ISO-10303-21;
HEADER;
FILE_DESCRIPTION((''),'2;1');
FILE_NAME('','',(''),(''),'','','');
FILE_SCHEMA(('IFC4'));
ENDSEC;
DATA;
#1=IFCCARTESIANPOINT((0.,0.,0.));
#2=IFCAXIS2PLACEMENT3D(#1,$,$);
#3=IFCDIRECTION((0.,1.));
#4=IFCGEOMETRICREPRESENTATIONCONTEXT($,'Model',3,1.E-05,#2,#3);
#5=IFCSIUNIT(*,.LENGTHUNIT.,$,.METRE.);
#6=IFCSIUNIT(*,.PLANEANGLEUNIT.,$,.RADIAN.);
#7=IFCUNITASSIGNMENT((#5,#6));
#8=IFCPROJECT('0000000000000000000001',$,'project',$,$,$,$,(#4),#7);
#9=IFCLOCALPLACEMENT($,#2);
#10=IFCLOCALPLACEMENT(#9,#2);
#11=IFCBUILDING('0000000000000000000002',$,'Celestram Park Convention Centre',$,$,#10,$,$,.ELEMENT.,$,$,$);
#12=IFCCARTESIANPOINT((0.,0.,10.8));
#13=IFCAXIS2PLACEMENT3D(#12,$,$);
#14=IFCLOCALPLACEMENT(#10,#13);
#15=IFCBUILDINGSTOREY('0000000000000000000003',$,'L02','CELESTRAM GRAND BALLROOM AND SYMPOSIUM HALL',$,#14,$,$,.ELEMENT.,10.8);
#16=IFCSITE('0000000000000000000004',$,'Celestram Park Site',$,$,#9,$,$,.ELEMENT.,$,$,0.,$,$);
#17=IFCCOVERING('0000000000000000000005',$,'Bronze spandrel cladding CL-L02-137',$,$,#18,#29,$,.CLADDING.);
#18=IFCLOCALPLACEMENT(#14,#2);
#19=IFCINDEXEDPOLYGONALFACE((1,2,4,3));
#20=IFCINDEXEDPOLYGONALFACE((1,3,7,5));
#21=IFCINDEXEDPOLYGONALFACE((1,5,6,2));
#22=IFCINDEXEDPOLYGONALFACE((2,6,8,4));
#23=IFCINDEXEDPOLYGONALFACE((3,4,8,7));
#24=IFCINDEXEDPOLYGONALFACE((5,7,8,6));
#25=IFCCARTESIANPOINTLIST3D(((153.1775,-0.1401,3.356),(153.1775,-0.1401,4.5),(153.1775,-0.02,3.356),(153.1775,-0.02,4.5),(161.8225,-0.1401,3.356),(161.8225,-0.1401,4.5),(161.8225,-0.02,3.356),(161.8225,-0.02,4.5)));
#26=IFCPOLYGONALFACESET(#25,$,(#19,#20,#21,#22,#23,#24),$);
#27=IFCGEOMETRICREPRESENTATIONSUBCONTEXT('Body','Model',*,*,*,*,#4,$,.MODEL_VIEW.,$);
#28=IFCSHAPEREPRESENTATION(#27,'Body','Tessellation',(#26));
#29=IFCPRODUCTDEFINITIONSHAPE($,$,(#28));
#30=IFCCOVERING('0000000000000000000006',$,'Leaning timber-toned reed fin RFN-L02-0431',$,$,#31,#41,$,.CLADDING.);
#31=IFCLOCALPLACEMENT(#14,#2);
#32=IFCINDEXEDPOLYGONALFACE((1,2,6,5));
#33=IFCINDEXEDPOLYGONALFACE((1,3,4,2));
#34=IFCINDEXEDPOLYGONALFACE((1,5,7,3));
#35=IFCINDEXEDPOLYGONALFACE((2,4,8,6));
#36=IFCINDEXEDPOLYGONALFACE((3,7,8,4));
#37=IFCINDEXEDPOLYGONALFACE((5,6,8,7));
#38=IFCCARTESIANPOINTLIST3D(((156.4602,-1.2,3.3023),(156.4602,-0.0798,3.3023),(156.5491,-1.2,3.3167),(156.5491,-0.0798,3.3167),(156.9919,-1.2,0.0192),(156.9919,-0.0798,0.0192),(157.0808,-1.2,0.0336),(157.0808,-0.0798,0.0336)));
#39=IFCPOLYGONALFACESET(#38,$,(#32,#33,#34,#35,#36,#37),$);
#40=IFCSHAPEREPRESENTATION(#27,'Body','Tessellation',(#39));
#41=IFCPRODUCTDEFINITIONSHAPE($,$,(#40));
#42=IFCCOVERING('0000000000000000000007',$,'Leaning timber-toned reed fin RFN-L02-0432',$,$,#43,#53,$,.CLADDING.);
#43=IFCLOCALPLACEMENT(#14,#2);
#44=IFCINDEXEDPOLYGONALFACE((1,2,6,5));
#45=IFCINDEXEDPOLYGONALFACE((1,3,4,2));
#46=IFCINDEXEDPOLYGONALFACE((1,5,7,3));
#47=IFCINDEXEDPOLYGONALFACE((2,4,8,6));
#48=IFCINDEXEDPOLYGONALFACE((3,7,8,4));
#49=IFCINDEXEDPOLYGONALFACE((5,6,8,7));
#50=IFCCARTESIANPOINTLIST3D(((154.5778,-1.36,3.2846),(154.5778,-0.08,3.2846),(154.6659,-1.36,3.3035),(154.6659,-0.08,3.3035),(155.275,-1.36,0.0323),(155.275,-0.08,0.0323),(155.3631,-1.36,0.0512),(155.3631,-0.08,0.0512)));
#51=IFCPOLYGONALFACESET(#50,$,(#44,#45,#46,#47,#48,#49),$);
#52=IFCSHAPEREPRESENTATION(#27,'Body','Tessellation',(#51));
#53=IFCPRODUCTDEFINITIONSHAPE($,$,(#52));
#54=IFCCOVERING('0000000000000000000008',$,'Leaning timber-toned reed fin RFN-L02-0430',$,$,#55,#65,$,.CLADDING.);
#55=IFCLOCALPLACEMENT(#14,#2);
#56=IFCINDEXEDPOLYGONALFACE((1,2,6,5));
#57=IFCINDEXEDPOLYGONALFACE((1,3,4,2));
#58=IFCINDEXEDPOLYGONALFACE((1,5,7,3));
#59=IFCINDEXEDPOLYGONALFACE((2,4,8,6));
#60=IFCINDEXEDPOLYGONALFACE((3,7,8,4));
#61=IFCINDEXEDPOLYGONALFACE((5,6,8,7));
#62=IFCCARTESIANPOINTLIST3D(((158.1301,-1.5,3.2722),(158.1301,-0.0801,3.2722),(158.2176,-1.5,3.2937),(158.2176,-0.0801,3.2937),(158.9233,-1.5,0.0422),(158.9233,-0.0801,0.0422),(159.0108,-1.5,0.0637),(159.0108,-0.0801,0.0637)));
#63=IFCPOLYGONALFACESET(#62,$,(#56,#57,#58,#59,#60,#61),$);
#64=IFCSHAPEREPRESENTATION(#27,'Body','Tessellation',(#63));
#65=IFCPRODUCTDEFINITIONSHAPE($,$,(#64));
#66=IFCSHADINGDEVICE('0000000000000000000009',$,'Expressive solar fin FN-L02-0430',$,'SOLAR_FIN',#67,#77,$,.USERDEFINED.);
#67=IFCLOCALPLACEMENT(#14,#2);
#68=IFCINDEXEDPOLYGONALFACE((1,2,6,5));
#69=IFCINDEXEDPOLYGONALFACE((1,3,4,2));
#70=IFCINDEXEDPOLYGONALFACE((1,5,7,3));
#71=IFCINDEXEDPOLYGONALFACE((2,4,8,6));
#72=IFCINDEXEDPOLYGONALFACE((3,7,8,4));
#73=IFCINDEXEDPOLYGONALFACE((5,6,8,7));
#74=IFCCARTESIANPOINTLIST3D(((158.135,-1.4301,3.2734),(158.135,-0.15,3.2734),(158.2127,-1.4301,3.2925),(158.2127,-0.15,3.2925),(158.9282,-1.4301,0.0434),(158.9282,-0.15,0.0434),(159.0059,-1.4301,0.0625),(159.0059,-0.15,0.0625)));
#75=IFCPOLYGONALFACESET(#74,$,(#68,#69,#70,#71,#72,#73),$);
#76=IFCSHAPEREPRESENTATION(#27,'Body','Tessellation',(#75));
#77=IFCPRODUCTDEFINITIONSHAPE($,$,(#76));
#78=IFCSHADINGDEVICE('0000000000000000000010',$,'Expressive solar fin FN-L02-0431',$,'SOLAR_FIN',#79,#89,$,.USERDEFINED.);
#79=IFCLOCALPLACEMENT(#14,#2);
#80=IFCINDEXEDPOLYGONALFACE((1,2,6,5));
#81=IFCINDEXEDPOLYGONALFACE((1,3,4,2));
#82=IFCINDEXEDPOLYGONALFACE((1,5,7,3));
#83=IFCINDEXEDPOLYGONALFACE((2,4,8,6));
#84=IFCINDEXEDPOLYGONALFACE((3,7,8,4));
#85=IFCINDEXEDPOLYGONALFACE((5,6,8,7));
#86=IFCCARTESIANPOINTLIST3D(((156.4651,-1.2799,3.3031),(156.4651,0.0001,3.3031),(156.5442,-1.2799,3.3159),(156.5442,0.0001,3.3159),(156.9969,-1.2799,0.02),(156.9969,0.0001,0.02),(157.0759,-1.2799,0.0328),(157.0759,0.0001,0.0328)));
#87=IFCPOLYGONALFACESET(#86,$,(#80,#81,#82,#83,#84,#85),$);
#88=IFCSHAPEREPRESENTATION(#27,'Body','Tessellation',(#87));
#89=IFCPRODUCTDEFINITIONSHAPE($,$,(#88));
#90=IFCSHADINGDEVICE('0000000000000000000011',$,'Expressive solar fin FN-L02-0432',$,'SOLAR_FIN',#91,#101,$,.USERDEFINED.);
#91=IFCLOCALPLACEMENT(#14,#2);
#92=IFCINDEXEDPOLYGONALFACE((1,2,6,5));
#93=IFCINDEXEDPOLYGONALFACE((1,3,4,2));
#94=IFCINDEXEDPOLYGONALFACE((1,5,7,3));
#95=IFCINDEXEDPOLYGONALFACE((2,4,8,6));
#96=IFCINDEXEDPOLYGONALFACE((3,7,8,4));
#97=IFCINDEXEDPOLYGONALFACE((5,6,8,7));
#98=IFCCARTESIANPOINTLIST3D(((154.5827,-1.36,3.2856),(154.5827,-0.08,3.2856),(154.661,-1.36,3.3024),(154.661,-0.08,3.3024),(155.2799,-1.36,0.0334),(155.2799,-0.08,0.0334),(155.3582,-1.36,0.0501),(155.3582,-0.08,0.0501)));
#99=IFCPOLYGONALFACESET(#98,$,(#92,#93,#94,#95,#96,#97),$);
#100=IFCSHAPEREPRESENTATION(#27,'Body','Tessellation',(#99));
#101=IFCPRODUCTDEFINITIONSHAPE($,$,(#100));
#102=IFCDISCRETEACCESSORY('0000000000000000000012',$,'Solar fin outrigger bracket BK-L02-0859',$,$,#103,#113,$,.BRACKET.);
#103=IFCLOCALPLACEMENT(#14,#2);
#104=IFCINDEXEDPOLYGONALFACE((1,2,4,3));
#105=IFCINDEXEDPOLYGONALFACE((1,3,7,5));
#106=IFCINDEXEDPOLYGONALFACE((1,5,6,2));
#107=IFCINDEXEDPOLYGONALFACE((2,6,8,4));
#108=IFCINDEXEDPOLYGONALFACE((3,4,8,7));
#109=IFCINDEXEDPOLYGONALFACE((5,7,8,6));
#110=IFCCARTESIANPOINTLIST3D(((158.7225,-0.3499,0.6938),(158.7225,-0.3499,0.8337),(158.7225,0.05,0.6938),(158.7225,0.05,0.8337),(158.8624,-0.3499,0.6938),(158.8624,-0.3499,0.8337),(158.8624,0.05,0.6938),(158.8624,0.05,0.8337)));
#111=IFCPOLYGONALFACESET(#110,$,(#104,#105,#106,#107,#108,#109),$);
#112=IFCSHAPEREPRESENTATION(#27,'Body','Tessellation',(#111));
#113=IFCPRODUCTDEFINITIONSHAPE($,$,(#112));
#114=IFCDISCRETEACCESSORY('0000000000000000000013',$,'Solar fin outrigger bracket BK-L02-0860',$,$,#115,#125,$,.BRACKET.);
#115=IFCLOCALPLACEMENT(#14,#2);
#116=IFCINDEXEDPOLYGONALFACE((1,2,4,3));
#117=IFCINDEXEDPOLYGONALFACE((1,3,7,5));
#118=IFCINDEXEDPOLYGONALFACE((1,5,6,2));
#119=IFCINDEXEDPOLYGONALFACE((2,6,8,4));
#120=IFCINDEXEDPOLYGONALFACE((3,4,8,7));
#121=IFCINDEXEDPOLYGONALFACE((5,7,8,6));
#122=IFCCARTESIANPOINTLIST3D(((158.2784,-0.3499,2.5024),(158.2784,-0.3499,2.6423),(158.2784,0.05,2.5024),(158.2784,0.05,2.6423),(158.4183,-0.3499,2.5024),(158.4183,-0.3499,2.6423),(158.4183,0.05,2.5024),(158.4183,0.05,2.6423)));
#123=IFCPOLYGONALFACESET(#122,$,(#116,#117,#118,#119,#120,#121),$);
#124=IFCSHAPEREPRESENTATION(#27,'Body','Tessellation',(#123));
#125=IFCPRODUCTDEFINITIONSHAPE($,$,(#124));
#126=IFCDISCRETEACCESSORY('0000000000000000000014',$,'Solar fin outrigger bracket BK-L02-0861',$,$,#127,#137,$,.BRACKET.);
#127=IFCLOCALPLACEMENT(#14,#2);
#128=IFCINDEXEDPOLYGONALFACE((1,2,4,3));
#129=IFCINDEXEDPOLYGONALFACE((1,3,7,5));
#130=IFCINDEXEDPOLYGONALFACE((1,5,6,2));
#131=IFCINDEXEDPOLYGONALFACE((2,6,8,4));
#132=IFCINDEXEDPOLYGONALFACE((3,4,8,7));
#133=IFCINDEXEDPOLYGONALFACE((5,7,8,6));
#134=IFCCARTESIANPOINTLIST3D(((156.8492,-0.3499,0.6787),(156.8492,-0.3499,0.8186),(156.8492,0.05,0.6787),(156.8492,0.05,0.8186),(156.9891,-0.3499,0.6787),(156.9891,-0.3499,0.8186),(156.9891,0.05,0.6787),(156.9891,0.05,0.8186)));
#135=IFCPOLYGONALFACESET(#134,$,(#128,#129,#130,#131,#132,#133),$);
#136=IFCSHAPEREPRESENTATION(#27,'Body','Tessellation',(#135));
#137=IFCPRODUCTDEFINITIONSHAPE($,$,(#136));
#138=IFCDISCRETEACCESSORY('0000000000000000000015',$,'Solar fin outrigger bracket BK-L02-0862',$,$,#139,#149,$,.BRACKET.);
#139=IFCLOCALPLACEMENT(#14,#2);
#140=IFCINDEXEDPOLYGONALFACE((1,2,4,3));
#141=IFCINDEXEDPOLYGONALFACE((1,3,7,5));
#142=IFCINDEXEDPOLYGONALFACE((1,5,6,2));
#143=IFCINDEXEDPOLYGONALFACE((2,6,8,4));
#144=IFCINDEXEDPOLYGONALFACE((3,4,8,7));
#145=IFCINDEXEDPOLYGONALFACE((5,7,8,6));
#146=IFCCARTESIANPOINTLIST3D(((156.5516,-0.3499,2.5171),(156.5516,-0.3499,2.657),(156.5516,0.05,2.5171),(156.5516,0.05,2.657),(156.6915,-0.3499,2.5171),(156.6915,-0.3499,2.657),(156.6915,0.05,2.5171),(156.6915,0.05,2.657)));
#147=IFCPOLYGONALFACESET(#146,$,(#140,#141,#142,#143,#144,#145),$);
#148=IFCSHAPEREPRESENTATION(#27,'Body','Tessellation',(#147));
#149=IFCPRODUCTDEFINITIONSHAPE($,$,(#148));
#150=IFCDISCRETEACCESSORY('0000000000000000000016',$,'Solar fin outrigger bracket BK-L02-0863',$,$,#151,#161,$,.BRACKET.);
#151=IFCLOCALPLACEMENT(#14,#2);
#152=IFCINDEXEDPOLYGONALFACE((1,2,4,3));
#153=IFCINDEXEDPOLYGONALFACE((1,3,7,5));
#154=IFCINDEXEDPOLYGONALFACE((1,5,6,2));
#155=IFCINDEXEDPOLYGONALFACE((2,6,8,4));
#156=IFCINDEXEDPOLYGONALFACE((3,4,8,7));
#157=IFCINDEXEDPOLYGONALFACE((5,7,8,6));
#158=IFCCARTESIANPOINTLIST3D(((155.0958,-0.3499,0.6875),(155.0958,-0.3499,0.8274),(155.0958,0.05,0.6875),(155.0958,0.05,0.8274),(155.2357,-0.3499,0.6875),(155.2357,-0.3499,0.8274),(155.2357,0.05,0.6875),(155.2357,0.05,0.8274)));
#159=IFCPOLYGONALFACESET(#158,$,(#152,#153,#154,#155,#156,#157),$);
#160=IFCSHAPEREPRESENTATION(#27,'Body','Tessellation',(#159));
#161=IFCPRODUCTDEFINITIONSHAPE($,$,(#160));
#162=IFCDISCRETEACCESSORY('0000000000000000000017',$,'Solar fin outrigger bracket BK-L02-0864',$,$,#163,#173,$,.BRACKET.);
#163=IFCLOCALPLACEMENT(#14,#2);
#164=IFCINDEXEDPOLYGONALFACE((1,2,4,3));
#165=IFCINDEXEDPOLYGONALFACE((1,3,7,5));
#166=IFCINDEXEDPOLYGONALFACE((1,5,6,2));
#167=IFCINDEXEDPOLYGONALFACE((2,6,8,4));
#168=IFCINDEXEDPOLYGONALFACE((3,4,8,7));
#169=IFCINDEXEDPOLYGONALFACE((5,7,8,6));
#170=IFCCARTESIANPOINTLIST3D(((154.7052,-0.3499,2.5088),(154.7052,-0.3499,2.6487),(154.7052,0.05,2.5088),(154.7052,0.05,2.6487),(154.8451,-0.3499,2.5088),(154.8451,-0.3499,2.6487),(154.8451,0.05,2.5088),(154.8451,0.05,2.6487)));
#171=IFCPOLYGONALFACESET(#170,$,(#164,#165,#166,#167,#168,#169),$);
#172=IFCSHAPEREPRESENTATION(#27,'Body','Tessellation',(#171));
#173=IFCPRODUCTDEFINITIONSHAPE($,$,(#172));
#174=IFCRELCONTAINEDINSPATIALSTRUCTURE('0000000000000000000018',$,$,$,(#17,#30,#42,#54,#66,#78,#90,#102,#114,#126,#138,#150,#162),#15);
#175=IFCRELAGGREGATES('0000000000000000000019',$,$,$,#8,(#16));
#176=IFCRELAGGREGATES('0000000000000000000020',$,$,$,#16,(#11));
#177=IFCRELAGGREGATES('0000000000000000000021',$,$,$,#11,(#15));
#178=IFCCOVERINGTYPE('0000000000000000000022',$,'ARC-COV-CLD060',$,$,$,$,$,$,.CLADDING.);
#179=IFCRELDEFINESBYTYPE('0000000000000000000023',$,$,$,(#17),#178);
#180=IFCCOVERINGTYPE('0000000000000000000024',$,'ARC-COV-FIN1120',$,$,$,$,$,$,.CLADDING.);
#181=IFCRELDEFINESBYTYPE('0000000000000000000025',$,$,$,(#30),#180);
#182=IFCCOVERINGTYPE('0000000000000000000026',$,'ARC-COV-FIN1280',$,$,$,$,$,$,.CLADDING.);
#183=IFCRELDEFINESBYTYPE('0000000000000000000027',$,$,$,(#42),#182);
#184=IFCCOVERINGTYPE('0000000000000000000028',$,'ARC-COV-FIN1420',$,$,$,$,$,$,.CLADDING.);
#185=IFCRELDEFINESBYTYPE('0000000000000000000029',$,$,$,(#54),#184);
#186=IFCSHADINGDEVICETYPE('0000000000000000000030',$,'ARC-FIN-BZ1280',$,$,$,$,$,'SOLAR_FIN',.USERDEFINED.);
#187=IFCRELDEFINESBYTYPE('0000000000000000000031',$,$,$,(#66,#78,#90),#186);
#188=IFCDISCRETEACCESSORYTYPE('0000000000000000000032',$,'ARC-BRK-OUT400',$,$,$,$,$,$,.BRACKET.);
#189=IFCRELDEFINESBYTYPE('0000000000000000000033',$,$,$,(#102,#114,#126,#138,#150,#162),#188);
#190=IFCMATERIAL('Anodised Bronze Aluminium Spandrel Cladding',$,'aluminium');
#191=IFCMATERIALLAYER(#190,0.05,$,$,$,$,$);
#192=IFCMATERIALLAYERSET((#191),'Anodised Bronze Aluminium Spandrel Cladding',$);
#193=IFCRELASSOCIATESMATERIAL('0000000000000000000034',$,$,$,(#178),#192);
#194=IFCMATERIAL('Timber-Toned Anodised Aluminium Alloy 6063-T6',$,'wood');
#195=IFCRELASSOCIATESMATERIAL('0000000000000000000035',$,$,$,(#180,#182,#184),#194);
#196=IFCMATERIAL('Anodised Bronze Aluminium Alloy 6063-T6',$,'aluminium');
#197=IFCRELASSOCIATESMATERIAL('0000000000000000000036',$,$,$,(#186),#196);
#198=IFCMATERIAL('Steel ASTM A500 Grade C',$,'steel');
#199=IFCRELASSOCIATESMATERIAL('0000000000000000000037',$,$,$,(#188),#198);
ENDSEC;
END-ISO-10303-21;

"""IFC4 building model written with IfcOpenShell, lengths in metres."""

from ifc_helpers import new_model, si_unit, direction, frame, origin, origin_2d, place, context, subcontext, project, spatial, rectangle, extrude, material, layer, layer_set, material_profile, profile_set, type_object, element, save


model = new_model("IFC4")

# Units and contexts
model_context = context("Model", 3, precision=1e-05, world=origin(), true_north=direction((0.0, 1.0)))
body_context = subcontext(model_context, "Body", "Model", "MODEL_VIEW")
ifc_project = project(units=[si_unit("LENGTHUNIT", "METRE"), si_unit("PLANEANGLEUNIT", "RADIAN")], contexts=[model_context])

# Site, building, storey
site_placement = place(None, origin())
site = spatial("IfcSite", under=ifc_project, at=site_placement, Name="Celestram Park Site", CompositionType="ELEMENT", RefElevation=0.0)
building_placement = place(site_placement, origin())
building = spatial("IfcBuilding", under=site, at=building_placement, Name="Celestram Park Convention Centre", CompositionType="ELEMENT")
storey_placement = place(building_placement, frame((0.0, 0.0, 10.8)))
storey = spatial("IfcBuildingStorey", under=building, at=storey_placement, Name="L02", Description="CELESTRAM GRAND BALLROOM AND SYMPOSIUM HALL", CompositionType="ELEMENT", Elevation=10.8)

# Coverings
ifc_material_1 = material(Name="Anodised Bronze Aluminium Spandrel Cladding", Category="aluminium")
ifc_layer_1 = layer(ifc_material_1, 0.05)
ifc_layer_set_1 = layer_set([ifc_layer_1], Name="Anodised Bronze Aluminium Spandrel Cladding")
covering_type_1 = type_object("IfcCoveringType", Name="ARC-COV-CLD060", PredefinedType="CLADDING", material=ifc_layer_set_1)
covering_1_placement = place(storey_placement, frame((157.5, -0.0801, 3.356), z_axis=(0.0, 0.0, 1.0), x_axis=(-1.0, 0.0, 0.0)))
element("IfcCovering", 1, at=covering_1_placement, inside=storey, type_object=covering_type_1, Name="Bronze spandrel cladding CL-L02-137", PredefinedType="CLADDING", context=body_context, shape_type="SweptSolid", body=[
    extrude(rectangle(XDim=8.645, YDim=0.1201, at=origin_2d()), origin(), (0.0, 0.0, 1.0), 1.144),
])
ifc_material_2 = material(Name="Timber-Toned Anodised Aluminium Alloy 6063-T6", Category="wood")
ifc_material_profile_1 = material_profile(ifc_material_2, rectangle(XDim=1.1201, YDim=0.0901, at=origin_2d()), Name="REED1120X90")
ifc_profile_set_1 = profile_set([ifc_material_profile_1], Name="Timber-Toned Anodised Aluminium Alloy 6063-T6")
covering_type_2 = type_object("IfcCoveringType", Name="ARC-COV-FIN1120", PredefinedType="CLADDING", material=ifc_profile_set_1)
covering_2_placement = place(storey_placement, frame((157.0364, -0.6399, 0.0264), z_axis=(-0.159874, 0.0, 0.987137), x_axis=(0.0, -1.0, 0.0)))
element("IfcCovering", 2, at=covering_2_placement, inside=storey, type_object=covering_type_2, Name="Leaning timber-toned reed fin RFN-L02-0431", PredefinedType="CLADDING", context=body_context, shape_type="SweptSolid", body=[
    extrude(rectangle(XDim=1.1201, YDim=0.0901, at=origin_2d()), origin(), (0.0, 0.0, 1.0), 3.3259),
])
ifc_material_profile_2 = material_profile(ifc_material_2, rectangle(XDim=1.28, YDim=0.0901, at=origin_2d()), Name="REED1280X90")
ifc_profile_set_2 = profile_set([ifc_material_profile_2], Name="Timber-Toned Anodised Aluminium Alloy 6063-T6")
covering_type_3 = type_object("IfcCoveringType", Name="ARC-COV-FIN1280", PredefinedType="CLADDING", material=ifc_profile_set_2)
covering_3_placement = place(storey_placement, frame((155.3191, -0.72, 0.0417), z_axis=(-0.209634, 0.0, 0.97778), x_axis=(0.0, -1.0, 0.0)))
element("IfcCovering", 3, at=covering_3_placement, inside=storey, type_object=covering_type_3, Name="Leaning timber-toned reed fin RFN-L02-0432", PredefinedType="CLADDING", context=body_context, shape_type="SweptSolid", body=[
    extrude(rectangle(XDim=1.28, YDim=0.0901, at=origin_2d()), origin(), (0.0, 0.0, 1.0), 3.3262),
])
ifc_material_profile_3 = material_profile(ifc_material_2, rectangle(XDim=1.4199, YDim=0.0901, at=origin_2d()), Name="REED1420X90")
ifc_profile_set_3 = profile_set([ifc_material_profile_3], Name="Timber-Toned Anodised Aluminium Alloy 6063-T6")
covering_type_4 = type_object("IfcCoveringType", Name="ARC-COV-FIN1420", PredefinedType="CLADDING", material=ifc_profile_set_3)
covering_4_placement = place(storey_placement, frame((158.967, -0.79, 0.053), z_axis=(-0.238492, 0.0, 0.971144), x_axis=(0.0, -1.0, 0.0)))
element("IfcCovering", 4, at=covering_4_placement, inside=storey, type_object=covering_type_4, Name="Leaning timber-toned reed fin RFN-L02-0430", PredefinedType="CLADDING", context=body_context, shape_type="SweptSolid", body=[
    extrude(rectangle(XDim=1.4199, YDim=0.0901, at=origin_2d()), origin(), (0.0, 0.0, 1.0), 3.3259),
])

# Shading devices
ifc_material_3 = material(Name="Anodised Bronze Aluminium Alloy 6063-T6", Category="aluminium")
ifc_material_profile_4 = material_profile(ifc_material_3, rectangle(XDim=1.28, YDim=0.0801, at=origin_2d()), Name="FIN1280X80")
ifc_profile_set_4 = profile_set([ifc_material_profile_4], Name="Anodised Bronze Aluminium Alloy 6063-T6")
shading_device_type = type_object("IfcShadingDeviceType", Name="ARC-FIN-BZ1280", ElementType="SOLAR_FIN", PredefinedType="USERDEFINED", material=ifc_profile_set_4)
for number, where, z_axis, x_axis, name in (
    (5, (158.967, -0.79, 0.053), (-0.238492, 0.0, 0.971144), (0.0, -1.0, 0.0), "Expressive solar fin FN-L02-0430"),
    (6, (157.0364, -0.6399, 0.0264), (-0.159874, 0.0, 0.987137), (0.0, -1.0, 0.0), "Expressive solar fin FN-L02-0431"),
):
    element("IfcShadingDevice", number, at=place(storey_placement, frame(where, z_axis=z_axis, x_axis=x_axis)), inside=storey, type_object=shading_device_type, Name=name, ObjectType="SOLAR_FIN", PredefinedType="USERDEFINED", context=body_context, shape_type="SweptSolid", body=[
        extrude(rectangle(XDim=1.28, YDim=0.0801, at=origin_2d()), origin(), (0.0, 0.0, 1.0), 3.3259),
    ])
shading_device_placement = place(storey_placement, frame((155.3191, -0.72, 0.0417), z_axis=(-0.209634, 0.0, 0.97778), x_axis=(0.0, -1.0, 0.0)))
element("IfcShadingDevice", 7, at=shading_device_placement, inside=storey, type_object=shading_device_type, Name="Expressive solar fin FN-L02-0432", ObjectType="SOLAR_FIN", PredefinedType="USERDEFINED", context=body_context, shape_type="SweptSolid", body=[
    extrude(rectangle(XDim=1.28, YDim=0.0801, at=origin_2d()), origin(), (0.0, 0.0, 1.0), 3.3262),
])

# Discrete accessories
ifc_material_4 = material(Name="Steel ASTM A500 Grade C", Category="steel")
discrete_accessory_type = type_object("IfcDiscreteAccessoryType", Name="ARC-BRK-OUT400", PredefinedType="BRACKET", material=ifc_material_4)
for number, where, z_axis, x_axis, name in (
    (8, (158.7925, -0.1499, 0.6938), (0.0, 0.0, 1.0), (0.0, -1.0, 0.0), "Solar fin outrigger bracket BK-L02-0859"),
    (9, (158.3484, -0.1499, 2.5024), (0.0, 0.0, 1.0), (0.0, -1.0, 0.0), "Solar fin outrigger bracket BK-L02-0860"),
    (10, (156.9192, -0.1499, 0.6787), (0.0, 0.0, 1.0), (0.0, -1.0, 0.0), "Solar fin outrigger bracket BK-L02-0861"),
    (11, (156.6216, -0.1499, 2.5171), (0.0, 0.0, 1.0), (0.0, -1.0, 0.0), "Solar fin outrigger bracket BK-L02-0862"),
    (12, (155.1658, -0.1499, 0.6875), (0.0, 0.0, 1.0), (0.0, -1.0, 0.0), "Solar fin outrigger bracket BK-L02-0863"),
    (13, (154.7751, -0.1499, 2.5088), (0.0, 0.0, 1.0), (0.0, -1.0, 0.0), "Solar fin outrigger bracket BK-L02-0864"),
):
    element("IfcDiscreteAccessory", number, at=place(storey_placement, frame(where, z_axis=z_axis, x_axis=x_axis)), inside=storey, type_object=discrete_accessory_type, Name=name, PredefinedType="BRACKET", context=body_context, shape_type="SweptSolid", body=[
        extrude(rectangle(XDim=0.3999, YDim=0.1399, at=origin_2d()), origin(), (0.0, 0.0, 1.0), 0.1399),
    ])

save(model, "model.ifc")
